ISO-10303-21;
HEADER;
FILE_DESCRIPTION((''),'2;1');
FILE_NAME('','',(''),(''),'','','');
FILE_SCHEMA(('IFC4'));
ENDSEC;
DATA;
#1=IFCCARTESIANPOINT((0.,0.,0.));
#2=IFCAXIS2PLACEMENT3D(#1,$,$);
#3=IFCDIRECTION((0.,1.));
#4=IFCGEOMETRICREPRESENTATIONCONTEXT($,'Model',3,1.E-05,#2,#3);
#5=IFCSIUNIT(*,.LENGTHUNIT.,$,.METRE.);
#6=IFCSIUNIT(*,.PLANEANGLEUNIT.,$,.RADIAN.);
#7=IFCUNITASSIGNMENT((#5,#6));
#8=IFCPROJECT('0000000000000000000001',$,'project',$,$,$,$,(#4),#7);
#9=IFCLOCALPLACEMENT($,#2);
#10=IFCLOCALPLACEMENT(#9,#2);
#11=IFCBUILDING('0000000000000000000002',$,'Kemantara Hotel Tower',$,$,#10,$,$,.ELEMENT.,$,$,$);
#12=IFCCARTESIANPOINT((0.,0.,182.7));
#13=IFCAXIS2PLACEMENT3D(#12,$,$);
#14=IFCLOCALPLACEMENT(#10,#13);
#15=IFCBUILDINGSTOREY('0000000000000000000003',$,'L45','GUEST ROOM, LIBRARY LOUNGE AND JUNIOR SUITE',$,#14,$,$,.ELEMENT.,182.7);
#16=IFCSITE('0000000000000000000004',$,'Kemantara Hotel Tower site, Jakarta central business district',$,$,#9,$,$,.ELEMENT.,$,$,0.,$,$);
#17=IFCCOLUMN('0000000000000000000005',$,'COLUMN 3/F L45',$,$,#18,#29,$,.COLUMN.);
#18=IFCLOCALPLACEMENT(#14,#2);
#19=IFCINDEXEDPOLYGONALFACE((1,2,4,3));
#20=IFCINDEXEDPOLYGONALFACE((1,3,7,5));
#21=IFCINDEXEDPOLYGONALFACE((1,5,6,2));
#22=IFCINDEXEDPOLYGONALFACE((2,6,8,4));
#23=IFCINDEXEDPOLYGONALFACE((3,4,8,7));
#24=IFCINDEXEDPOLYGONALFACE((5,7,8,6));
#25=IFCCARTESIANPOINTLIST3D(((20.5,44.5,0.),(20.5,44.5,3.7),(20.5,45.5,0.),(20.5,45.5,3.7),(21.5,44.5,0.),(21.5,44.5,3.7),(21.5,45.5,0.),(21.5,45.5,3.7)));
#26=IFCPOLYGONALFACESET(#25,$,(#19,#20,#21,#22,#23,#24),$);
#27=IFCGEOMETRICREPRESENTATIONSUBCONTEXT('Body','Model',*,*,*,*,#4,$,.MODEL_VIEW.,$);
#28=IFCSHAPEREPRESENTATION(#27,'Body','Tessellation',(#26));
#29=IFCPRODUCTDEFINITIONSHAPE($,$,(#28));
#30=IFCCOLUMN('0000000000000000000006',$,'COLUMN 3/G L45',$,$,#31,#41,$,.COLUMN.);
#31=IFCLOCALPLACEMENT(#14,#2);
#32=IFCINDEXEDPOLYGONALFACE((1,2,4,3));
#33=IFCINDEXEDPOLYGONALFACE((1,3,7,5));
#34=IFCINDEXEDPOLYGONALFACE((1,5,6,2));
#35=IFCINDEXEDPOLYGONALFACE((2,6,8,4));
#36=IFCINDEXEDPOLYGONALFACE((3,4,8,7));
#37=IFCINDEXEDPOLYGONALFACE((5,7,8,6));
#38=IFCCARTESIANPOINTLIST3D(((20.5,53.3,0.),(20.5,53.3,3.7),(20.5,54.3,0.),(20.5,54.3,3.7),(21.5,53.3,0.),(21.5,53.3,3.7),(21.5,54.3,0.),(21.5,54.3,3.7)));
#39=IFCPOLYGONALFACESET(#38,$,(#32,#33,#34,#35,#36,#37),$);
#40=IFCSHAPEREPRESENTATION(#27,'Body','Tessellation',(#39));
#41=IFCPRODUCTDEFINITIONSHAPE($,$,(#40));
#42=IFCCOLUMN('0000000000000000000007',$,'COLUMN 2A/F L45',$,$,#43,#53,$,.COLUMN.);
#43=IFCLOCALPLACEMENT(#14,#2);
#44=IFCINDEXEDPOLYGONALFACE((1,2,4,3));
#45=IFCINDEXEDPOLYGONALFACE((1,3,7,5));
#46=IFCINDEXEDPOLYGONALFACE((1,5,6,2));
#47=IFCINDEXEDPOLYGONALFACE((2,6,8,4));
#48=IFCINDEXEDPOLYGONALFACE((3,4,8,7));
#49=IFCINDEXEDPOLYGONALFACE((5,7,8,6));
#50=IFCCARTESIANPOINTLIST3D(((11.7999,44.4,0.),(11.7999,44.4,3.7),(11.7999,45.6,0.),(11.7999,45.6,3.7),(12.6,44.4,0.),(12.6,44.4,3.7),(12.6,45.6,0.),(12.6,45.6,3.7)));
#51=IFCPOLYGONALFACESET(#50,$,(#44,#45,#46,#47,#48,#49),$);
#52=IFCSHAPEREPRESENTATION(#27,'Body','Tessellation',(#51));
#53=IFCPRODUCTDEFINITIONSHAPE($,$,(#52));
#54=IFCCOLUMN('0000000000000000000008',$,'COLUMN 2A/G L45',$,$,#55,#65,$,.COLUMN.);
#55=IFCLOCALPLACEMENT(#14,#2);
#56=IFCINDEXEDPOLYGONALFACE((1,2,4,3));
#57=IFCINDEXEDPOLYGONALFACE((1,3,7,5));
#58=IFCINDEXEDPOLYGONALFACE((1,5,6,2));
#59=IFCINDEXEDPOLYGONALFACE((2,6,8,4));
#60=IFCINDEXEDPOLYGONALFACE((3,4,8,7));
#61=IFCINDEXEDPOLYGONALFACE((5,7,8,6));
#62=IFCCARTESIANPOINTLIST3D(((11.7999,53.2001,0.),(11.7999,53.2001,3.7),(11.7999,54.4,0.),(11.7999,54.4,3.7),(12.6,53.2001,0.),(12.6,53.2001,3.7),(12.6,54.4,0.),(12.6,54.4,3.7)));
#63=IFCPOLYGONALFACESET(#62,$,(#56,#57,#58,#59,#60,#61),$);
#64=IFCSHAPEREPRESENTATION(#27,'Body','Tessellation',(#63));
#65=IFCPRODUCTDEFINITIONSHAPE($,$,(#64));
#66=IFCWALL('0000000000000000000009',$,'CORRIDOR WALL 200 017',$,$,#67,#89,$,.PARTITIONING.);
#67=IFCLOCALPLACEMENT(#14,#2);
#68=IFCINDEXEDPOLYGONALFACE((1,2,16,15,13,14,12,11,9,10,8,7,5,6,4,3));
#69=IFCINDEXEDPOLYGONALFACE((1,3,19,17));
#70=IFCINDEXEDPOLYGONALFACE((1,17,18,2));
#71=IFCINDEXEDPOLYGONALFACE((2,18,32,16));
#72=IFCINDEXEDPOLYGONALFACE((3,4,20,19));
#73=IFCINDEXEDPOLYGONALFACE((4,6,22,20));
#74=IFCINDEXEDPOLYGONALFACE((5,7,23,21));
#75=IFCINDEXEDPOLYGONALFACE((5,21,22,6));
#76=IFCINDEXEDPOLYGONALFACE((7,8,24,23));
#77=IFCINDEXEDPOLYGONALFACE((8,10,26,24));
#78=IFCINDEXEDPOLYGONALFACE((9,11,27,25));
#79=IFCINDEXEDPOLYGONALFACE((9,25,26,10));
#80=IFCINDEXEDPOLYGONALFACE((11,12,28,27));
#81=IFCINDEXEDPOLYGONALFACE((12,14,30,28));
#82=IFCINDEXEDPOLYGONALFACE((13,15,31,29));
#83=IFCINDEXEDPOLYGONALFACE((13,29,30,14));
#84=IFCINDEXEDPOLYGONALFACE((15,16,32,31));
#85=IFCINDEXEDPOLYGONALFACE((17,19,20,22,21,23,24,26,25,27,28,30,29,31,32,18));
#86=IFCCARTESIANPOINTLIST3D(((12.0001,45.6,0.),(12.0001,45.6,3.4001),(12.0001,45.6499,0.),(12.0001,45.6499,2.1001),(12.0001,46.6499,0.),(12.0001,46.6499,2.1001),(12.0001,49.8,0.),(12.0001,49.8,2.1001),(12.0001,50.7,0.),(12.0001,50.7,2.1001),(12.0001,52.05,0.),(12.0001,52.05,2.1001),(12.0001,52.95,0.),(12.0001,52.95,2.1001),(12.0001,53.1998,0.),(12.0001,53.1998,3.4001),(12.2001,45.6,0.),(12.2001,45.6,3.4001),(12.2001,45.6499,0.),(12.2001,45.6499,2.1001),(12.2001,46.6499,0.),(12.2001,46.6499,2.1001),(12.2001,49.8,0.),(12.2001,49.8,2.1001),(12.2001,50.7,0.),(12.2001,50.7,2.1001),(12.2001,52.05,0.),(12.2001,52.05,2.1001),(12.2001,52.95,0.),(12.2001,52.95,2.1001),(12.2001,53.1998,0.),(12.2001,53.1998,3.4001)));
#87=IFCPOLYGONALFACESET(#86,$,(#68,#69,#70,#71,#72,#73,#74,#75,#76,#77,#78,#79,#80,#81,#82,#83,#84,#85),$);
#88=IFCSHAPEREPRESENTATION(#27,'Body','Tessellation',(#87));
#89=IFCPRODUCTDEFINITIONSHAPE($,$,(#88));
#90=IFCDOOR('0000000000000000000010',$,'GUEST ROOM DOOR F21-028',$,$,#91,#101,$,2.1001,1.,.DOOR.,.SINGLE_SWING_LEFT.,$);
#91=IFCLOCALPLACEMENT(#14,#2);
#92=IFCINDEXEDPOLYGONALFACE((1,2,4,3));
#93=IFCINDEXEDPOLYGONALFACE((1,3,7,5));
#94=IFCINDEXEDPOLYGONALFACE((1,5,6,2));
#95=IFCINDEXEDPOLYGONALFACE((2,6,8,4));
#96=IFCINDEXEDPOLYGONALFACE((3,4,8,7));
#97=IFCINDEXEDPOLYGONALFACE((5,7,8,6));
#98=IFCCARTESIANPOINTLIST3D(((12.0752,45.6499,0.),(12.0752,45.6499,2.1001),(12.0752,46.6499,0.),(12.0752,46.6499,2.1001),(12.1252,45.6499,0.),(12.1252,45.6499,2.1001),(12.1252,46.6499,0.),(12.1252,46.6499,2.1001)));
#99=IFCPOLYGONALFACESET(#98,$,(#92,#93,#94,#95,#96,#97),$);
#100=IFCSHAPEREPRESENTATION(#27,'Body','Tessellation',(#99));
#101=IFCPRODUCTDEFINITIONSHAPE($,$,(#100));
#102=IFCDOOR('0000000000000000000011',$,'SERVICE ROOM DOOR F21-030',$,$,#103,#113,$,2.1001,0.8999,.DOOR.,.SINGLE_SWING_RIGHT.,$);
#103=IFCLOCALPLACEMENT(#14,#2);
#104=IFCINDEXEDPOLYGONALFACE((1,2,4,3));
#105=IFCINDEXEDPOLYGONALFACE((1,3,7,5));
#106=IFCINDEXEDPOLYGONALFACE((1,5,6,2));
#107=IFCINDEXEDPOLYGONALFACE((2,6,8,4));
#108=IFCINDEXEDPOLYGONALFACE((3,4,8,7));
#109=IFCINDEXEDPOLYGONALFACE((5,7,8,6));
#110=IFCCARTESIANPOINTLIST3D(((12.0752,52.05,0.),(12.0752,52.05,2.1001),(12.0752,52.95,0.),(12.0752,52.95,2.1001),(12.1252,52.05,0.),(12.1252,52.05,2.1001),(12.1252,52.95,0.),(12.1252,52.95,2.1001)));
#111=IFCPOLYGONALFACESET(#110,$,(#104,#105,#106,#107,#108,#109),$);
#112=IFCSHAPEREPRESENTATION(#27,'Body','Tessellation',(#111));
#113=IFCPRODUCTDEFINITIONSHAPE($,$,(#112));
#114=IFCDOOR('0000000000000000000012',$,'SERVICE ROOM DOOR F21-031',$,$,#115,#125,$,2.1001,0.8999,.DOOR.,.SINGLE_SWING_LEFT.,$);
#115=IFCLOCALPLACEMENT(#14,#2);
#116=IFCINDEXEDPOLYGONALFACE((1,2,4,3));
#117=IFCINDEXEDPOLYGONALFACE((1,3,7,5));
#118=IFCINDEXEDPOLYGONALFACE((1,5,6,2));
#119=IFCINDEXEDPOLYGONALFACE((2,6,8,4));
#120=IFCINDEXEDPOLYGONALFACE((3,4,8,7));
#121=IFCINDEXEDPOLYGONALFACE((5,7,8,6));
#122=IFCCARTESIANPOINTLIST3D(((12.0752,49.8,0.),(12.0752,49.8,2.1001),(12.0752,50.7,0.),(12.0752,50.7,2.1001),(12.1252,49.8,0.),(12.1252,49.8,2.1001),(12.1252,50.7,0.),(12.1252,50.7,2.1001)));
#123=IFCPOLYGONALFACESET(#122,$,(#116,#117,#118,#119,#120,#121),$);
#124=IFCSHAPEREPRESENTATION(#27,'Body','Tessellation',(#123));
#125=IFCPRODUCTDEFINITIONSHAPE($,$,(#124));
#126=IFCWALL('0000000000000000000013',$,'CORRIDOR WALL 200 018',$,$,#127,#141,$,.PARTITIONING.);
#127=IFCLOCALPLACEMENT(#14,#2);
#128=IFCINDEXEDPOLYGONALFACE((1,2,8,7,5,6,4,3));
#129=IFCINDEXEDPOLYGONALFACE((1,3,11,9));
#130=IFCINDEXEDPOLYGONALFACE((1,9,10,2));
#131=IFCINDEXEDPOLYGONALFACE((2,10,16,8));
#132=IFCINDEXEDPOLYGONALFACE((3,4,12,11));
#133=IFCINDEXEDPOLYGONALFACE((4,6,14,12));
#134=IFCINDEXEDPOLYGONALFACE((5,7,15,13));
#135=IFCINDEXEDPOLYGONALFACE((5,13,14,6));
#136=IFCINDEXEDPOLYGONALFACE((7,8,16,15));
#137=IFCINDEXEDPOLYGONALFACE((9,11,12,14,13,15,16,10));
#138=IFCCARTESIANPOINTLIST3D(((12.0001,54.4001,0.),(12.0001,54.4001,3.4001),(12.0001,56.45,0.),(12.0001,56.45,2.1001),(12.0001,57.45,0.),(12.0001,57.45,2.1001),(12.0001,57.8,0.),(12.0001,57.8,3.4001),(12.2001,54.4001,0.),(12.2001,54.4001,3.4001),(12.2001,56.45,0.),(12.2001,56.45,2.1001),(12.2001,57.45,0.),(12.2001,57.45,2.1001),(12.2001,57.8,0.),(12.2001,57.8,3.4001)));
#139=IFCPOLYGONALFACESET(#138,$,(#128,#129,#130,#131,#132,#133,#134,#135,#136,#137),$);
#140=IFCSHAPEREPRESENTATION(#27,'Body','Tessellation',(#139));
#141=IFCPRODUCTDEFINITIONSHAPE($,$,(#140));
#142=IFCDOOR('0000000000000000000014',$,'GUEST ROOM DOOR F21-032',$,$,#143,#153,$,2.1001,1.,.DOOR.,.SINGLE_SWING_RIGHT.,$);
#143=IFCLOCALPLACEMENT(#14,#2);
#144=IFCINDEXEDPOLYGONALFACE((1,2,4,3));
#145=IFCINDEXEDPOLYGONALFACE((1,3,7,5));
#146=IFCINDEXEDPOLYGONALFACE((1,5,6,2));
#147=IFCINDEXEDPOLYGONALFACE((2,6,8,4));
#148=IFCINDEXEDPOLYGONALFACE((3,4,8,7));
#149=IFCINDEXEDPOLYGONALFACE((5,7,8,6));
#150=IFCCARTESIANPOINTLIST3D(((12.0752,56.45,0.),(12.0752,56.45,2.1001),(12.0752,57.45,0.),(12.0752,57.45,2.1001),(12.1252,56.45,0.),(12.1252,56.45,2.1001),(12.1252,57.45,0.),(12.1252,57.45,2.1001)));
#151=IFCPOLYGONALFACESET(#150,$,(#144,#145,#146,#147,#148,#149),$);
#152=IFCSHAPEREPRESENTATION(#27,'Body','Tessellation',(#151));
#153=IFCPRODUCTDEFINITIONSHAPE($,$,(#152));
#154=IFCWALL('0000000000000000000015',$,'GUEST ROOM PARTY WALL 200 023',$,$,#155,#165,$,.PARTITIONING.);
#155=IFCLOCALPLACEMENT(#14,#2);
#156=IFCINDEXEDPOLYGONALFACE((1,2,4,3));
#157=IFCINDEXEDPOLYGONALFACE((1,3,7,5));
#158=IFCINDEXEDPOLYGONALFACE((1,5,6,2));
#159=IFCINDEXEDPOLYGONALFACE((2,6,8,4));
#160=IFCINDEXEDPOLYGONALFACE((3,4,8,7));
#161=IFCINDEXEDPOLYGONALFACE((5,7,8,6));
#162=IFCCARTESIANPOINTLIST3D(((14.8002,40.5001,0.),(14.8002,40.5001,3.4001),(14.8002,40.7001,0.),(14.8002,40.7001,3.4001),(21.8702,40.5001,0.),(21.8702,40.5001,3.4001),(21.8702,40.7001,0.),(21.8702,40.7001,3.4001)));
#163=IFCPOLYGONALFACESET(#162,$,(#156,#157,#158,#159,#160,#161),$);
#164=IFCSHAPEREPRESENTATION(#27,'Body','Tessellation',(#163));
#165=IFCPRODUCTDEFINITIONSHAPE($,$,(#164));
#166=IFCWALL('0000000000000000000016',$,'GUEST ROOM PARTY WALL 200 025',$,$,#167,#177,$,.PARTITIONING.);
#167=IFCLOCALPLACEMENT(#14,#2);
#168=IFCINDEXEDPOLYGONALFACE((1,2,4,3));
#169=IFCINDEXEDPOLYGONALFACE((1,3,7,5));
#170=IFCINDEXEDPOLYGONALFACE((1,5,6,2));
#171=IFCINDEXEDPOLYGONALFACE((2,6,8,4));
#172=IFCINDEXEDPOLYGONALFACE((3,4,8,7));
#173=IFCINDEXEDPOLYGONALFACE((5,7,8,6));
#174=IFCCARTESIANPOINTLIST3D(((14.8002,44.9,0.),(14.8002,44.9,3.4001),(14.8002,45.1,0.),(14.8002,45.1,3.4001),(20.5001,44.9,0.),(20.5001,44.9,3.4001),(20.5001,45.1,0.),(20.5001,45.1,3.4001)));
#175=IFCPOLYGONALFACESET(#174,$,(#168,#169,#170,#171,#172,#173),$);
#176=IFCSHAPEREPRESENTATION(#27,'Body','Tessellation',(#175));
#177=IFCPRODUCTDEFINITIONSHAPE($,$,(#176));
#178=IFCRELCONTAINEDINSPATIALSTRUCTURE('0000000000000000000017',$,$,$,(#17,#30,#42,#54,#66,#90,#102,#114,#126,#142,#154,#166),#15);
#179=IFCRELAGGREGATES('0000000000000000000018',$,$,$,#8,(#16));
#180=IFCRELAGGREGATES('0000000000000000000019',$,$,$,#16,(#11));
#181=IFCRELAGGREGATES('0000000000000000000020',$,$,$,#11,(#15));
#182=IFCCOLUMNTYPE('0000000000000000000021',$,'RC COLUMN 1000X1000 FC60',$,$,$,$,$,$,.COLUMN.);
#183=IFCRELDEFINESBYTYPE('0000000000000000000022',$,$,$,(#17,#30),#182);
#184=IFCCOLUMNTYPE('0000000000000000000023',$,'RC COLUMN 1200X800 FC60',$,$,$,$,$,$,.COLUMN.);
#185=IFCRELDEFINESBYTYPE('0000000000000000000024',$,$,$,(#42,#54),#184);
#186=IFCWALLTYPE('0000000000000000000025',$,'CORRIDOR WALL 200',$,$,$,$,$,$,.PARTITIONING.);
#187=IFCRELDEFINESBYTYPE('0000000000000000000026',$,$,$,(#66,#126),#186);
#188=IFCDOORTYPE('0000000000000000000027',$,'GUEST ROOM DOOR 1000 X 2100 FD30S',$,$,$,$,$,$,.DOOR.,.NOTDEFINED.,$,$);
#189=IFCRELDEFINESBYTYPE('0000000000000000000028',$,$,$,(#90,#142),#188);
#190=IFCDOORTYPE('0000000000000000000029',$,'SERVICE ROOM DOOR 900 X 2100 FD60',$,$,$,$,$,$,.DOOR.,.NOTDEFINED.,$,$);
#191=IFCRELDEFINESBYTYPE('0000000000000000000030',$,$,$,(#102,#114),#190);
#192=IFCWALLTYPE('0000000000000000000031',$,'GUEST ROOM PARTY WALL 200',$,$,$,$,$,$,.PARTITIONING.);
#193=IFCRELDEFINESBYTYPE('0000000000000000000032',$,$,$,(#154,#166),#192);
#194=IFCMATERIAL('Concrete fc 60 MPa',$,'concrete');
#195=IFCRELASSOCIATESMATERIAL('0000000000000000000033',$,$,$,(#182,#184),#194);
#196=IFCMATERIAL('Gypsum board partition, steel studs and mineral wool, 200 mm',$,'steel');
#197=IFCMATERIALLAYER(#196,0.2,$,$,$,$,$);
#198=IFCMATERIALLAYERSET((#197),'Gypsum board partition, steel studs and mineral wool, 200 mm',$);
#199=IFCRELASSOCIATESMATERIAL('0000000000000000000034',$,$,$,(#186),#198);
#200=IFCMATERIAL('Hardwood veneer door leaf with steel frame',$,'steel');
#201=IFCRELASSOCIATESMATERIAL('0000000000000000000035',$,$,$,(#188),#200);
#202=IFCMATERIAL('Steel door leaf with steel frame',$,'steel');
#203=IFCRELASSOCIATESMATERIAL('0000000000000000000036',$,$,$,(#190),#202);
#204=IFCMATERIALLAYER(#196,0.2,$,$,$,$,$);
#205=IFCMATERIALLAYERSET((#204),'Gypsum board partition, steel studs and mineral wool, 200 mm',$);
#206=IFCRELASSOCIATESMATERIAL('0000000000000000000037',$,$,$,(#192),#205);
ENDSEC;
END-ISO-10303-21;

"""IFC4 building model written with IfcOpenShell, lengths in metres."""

from ifc_helpers import new_model, si_unit, direction, frame, frame_2d, origin, origin_2d, place, context, subcontext, project, spatial, rectangle, extrude, material, layer, layer_set, material_profile, profile_set, type_object, element, fill, save


model = new_model("IFC4")

# Units and contexts
model_context = context("Model", 3, precision=1e-05, world=origin(), true_north=direction((0.0, 1.0)))
body_context = subcontext(model_context, "Body", "Model", "MODEL_VIEW")
ifc_project = project(units=[si_unit("LENGTHUNIT", "METRE"), si_unit("PLANEANGLEUNIT", "RADIAN")], contexts=[model_context])

# Site, building, storey
site_placement = place(None, origin())
site = spatial("IfcSite", under=ifc_project, at=site_placement, Name="Kemantara Hotel Tower site, Jakarta central business district", CompositionType="ELEMENT", RefElevation=0.0)
building_placement = place(site_placement, origin())
building = spatial("IfcBuilding", under=site, at=building_placement, Name="Kemantara Hotel Tower", CompositionType="ELEMENT")
storey_placement = place(building_placement, frame((0.0, 0.0, 182.7)))
storey = spatial("IfcBuildingStorey", under=building, at=storey_placement, Name="L45", Description="GUEST ROOM, LIBRARY LOUNGE AND JUNIOR SUITE", CompositionType="ELEMENT", Elevation=182.7)

# Columns
ifc_material_1 = material(Name="Concrete fc 60 MPa", Category="concrete")
ifc_material_profile_1 = material_profile(ifc_material_1, rectangle(XDim=1.0, YDim=1.0, at=origin_2d()), Name="RC 1000X1000")
ifc_profile_set_1 = profile_set([ifc_material_profile_1], Name="Concrete fc 60 MPa")
column_type_1 = type_object("IfcColumnType", Name="RC COLUMN 1000X1000 FC60", PredefinedType="COLUMN", material=ifc_profile_set_1)
for number, where, z_axis, x_axis, name in (
    (1, (21.0, 45.0, 0.0), (0.0, 0.0, 1.0), (1.0, 0.0, 0.0), "COLUMN 3/F L45"),
    (2, (21.0, 53.8, 0.0), (0.0, 0.0, 1.0), (1.0, 0.0, 0.0), "COLUMN 3/G L45"),
):
    element("IfcColumn", number, at=place(storey_placement, frame(where, z_axis=z_axis, x_axis=x_axis)), inside=storey, type_object=column_type_1, Name=name, PredefinedType="COLUMN", context=body_context, shape_type="SweptSolid", body=[
        extrude(rectangle(XDim=1.0, YDim=1.0, at=origin_2d()), origin(), (0.0, 0.0, 1.0), 3.7),
    ])
ifc_material_profile_2 = material_profile(ifc_material_1, rectangle(XDim=1.2, YDim=0.8, at=origin_2d()), Name="RC 1200X800")
ifc_profile_set_2 = profile_set([ifc_material_profile_2], Name="Concrete fc 60 MPa")
column_type_2 = type_object("IfcColumnType", Name="RC COLUMN 1200X800 FC60", PredefinedType="COLUMN", material=ifc_profile_set_2)
for number, where, z_axis, x_axis, name in (
    (3, (12.2, 45.0, 0.0), (0.0, 0.0, 1.0), (0.0, 1.0, 0.0), "COLUMN 2A/F L45"),
    (4, (12.2, 53.8, 0.0), (0.0, 0.0, 1.0), (0.0, 1.0, 0.0), "COLUMN 2A/G L45"),
):
    element("IfcColumn", number, at=place(storey_placement, frame(where, z_axis=z_axis, x_axis=x_axis)), inside=storey, type_object=column_type_2, Name=name, PredefinedType="COLUMN", context=body_context, shape_type="SweptSolid", body=[
        extrude(rectangle(XDim=1.2, YDim=0.8, at=origin_2d()), origin(), (0.0, 0.0, 1.0), 3.7),
    ])

# Wall, openings, doors
ifc_material_2 = material(Name="Gypsum board partition, steel studs and mineral wool, 200 mm", Category="steel")
ifc_layer_1 = layer(ifc_material_2, 0.2)
ifc_layer_set_1 = layer_set([ifc_layer_1], Name="Gypsum board partition, steel studs and mineral wool, 200 mm")
wall_type_1 = type_object("IfcWallType", Name="CORRIDOR WALL 200", PredefinedType="PARTITIONING", material=ifc_layer_set_1)
wall_1_placement = place(storey_placement, frame((12.1001, 45.6001, 0.0), z_axis=(0.0, 0.0, 1.0), x_axis=(0.0, 1.0, 0.0)))
wall_1 = element("IfcWall", 5, at=wall_1_placement, inside=storey, type_object=wall_type_1, Name="CORRIDOR WALL 200 017", PredefinedType="PARTITIONING", context=body_context, shape_type="SweptSolid", body=[
    extrude(rectangle(XDim=7.5999, YDim=0.2, at=frame_2d((3.7998, 0.0))), origin(), (0.0, 0.0, 1.0), 3.4001),
])
opening_1_placement = place(wall_1_placement, frame((0.0498, 0.0, 0.0)))
opening_1 = element("IfcOpeningElement", 6, at=opening_1_placement, cuts=wall_1, PredefinedType="OPENING", context=body_context, shape_type="SweptSolid", body=[
    extrude(rectangle(XDim=1.0, YDim=2.1001, at=frame_2d((0.5, 1.05))), frame((0.0, 0.1099, 0.0), z_axis=(0.0, -1.0, 0.0), x_axis=(1.0, 0.0, 0.0)), (0.0, 0.0, 1.0), 0.22),
])
opening_2_placement = place(wall_1_placement, frame((6.45, 0.0, 0.0)))
opening_2 = element("IfcOpeningElement", 7, at=opening_2_placement, cuts=wall_1, PredefinedType="OPENING", context=body_context, shape_type="SweptSolid", body=[
    extrude(rectangle(XDim=0.8999, YDim=2.1001, at=frame_2d((0.45, 1.05))), frame((0.0, 0.1099, 0.0), z_axis=(0.0, -1.0, 0.0), x_axis=(1.0, 0.0, 0.0)), (0.0, 0.0, 1.0), 0.22),
])
opening_3_placement = place(wall_1_placement, frame((4.2, 0.0, 0.0)))
opening_3 = element("IfcOpeningElement", 8, at=opening_3_placement, cuts=wall_1, PredefinedType="OPENING", context=body_context, shape_type="SweptSolid", body=[
    extrude(rectangle(XDim=0.8999, YDim=2.1001, at=frame_2d((0.45, 1.05))), frame((0.0, 0.1099, 0.0), z_axis=(0.0, -1.0, 0.0), x_axis=(1.0, 0.0, 0.0)), (0.0, 0.0, 1.0), 0.22),
])
ifc_material_3 = material(Name="Hardwood veneer door leaf with steel frame", Category="steel")
door_type_1 = type_object("IfcDoorType", Name="GUEST ROOM DOOR 1000 X 2100 FD30S", OperationType="NOTDEFINED", PredefinedType="DOOR", material=ifc_material_3)
door_1_placement = place(opening_1_placement, origin())
door_1 = element("IfcDoor", 9, at=door_1_placement, inside=storey, type_object=door_type_1, Name="GUEST ROOM DOOR F21-028", OperationType="SINGLE_SWING_LEFT", OverallHeight=2.1001, OverallWidth=1.0, PredefinedType="DOOR", context=body_context, shape_type="SweptSolid", body=[
    extrude(rectangle(XDim=1.0, YDim=2.1001, at=frame_2d((0.5, 1.05))), frame((0.0, 0.0249, 0.0), z_axis=(0.0, -1.0, 0.0), x_axis=(1.0, 0.0, 0.0)), (0.0, 0.0, 1.0), 0.05),
])
fill(opening_1, door_1)
ifc_material_4 = material(Name="Steel door leaf with steel frame", Category="steel")
door_type_2 = type_object("IfcDoorType", Name="SERVICE ROOM DOOR 900 X 2100 FD60", OperationType="NOTDEFINED", PredefinedType="DOOR", material=ifc_material_4)
door_2_placement = place(opening_2_placement, origin())
door_2 = element("IfcDoor", 10, at=door_2_placement, inside=storey, type_object=door_type_2, Name="SERVICE ROOM DOOR F21-030", OperationType="SINGLE_SWING_RIGHT", OverallHeight=2.1001, OverallWidth=0.8999, PredefinedType="DOOR", context=body_context, shape_type="SweptSolid", body=[
    extrude(rectangle(XDim=0.8999, YDim=2.1001, at=frame_2d((0.45, 1.05))), frame((0.0, 0.0249, 0.0), z_axis=(0.0, -1.0, 0.0), x_axis=(1.0, 0.0, 0.0)), (0.0, 0.0, 1.0), 0.05),
])
fill(opening_2, door_2)
door_3_placement = place(opening_3_placement, origin())
door_3 = element("IfcDoor", 11, at=door_3_placement, inside=storey, type_object=door_type_2, Name="SERVICE ROOM DOOR F21-031", OperationType="SINGLE_SWING_LEFT", OverallHeight=2.1001, OverallWidth=0.8999, PredefinedType="DOOR", context=body_context, shape_type="SweptSolid", body=[
    extrude(rectangle(XDim=0.8999, YDim=2.1001, at=frame_2d((0.45, 1.05))), frame((0.0, 0.0249, 0.0), z_axis=(0.0, -1.0, 0.0), x_axis=(1.0, 0.0, 0.0)), (0.0, 0.0, 1.0), 0.05),
])
fill(opening_3, door_3)

# Wall, opening, door
wall_2_placement = place(storey_placement, frame((12.1001, 54.4001, 0.0), z_axis=(0.0, 0.0, 1.0), x_axis=(0.0, 1.0, 0.0)))
wall_2 = element("IfcWall", 12, at=wall_2_placement, inside=storey, type_object=wall_type_1, Name="CORRIDOR WALL 200 018", PredefinedType="PARTITIONING", context=body_context, shape_type="SweptSolid", body=[
    extrude(rectangle(XDim=3.3999, YDim=0.2, at=frame_2d((1.7, 0.0))), origin(), (0.0, 0.0, 1.0), 3.4001),
])
opening_4_placement = place(wall_2_placement, frame((2.0498, 0.0, 0.0)))
opening_4 = element("IfcOpeningElement", 13, at=opening_4_placement, cuts=wall_2, PredefinedType="OPENING", context=body_context, shape_type="SweptSolid", body=[
    extrude(rectangle(XDim=1.0, YDim=2.1001, at=frame_2d((0.5, 1.05))), frame((0.0, 0.1099, 0.0), z_axis=(0.0, -1.0, 0.0), x_axis=(1.0, 0.0, 0.0)), (0.0, 0.0, 1.0), 0.22),
])
door_4_placement = place(opening_4_placement, origin())
door_4 = element("IfcDoor", 14, at=door_4_placement, inside=storey, type_object=door_type_1, Name="GUEST ROOM DOOR F21-032", OperationType="SINGLE_SWING_RIGHT", OverallHeight=2.1001, OverallWidth=1.0, PredefinedType="DOOR", context=body_context, shape_type="SweptSolid", body=[
    extrude(rectangle(XDim=1.0, YDim=2.1001, at=frame_2d((0.5, 1.05))), frame((0.0, 0.0249, 0.0), z_axis=(0.0, -1.0, 0.0), x_axis=(1.0, 0.0, 0.0)), (0.0, 0.0, 1.0), 0.05),
])
fill(opening_4, door_4)

# Walls
ifc_layer_2 = layer(ifc_material_2, 0.2)
ifc_layer_set_2 = layer_set([ifc_layer_2], Name="Gypsum board partition, steel studs and mineral wool, 200 mm")
wall_type_2 = type_object("IfcWallType", Name="GUEST ROOM PARTY WALL 200", PredefinedType="PARTITIONING", material=ifc_layer_set_2)
wall_3_placement = place(storey_placement, frame((14.8, 40.6001, 0.0), z_axis=(0.0, 0.0, 1.0), x_axis=(1.0, 0.0, 0.0)))
element("IfcWall", 15, at=wall_3_placement, inside=storey, type_object=wall_type_2, Name="GUEST ROOM PARTY WALL 200 023", PredefinedType="PARTITIONING", context=body_context, shape_type="SweptSolid", body=[
    extrude(rectangle(XDim=7.0701, YDim=0.2, at=frame_2d((3.5352, 0.0))), origin(), (0.0, 0.0, 1.0), 3.4001),
])
wall_4_placement = place(storey_placement, frame((14.8, 45.0, 0.0), z_axis=(0.0, 0.0, 1.0), x_axis=(1.0, 0.0, 0.0)))
element("IfcWall", 16, at=wall_4_placement, inside=storey, type_object=wall_type_2, Name="GUEST ROOM PARTY WALL 200 025", PredefinedType="PARTITIONING", context=body_context, shape_type="SweptSolid", body=[
    extrude(rectangle(XDim=5.7, YDim=0.2, at=frame_2d((2.8501, 0.0))), origin(), (0.0, 0.0, 1.0), 3.4001),
])

save(model, "model.ifc")
